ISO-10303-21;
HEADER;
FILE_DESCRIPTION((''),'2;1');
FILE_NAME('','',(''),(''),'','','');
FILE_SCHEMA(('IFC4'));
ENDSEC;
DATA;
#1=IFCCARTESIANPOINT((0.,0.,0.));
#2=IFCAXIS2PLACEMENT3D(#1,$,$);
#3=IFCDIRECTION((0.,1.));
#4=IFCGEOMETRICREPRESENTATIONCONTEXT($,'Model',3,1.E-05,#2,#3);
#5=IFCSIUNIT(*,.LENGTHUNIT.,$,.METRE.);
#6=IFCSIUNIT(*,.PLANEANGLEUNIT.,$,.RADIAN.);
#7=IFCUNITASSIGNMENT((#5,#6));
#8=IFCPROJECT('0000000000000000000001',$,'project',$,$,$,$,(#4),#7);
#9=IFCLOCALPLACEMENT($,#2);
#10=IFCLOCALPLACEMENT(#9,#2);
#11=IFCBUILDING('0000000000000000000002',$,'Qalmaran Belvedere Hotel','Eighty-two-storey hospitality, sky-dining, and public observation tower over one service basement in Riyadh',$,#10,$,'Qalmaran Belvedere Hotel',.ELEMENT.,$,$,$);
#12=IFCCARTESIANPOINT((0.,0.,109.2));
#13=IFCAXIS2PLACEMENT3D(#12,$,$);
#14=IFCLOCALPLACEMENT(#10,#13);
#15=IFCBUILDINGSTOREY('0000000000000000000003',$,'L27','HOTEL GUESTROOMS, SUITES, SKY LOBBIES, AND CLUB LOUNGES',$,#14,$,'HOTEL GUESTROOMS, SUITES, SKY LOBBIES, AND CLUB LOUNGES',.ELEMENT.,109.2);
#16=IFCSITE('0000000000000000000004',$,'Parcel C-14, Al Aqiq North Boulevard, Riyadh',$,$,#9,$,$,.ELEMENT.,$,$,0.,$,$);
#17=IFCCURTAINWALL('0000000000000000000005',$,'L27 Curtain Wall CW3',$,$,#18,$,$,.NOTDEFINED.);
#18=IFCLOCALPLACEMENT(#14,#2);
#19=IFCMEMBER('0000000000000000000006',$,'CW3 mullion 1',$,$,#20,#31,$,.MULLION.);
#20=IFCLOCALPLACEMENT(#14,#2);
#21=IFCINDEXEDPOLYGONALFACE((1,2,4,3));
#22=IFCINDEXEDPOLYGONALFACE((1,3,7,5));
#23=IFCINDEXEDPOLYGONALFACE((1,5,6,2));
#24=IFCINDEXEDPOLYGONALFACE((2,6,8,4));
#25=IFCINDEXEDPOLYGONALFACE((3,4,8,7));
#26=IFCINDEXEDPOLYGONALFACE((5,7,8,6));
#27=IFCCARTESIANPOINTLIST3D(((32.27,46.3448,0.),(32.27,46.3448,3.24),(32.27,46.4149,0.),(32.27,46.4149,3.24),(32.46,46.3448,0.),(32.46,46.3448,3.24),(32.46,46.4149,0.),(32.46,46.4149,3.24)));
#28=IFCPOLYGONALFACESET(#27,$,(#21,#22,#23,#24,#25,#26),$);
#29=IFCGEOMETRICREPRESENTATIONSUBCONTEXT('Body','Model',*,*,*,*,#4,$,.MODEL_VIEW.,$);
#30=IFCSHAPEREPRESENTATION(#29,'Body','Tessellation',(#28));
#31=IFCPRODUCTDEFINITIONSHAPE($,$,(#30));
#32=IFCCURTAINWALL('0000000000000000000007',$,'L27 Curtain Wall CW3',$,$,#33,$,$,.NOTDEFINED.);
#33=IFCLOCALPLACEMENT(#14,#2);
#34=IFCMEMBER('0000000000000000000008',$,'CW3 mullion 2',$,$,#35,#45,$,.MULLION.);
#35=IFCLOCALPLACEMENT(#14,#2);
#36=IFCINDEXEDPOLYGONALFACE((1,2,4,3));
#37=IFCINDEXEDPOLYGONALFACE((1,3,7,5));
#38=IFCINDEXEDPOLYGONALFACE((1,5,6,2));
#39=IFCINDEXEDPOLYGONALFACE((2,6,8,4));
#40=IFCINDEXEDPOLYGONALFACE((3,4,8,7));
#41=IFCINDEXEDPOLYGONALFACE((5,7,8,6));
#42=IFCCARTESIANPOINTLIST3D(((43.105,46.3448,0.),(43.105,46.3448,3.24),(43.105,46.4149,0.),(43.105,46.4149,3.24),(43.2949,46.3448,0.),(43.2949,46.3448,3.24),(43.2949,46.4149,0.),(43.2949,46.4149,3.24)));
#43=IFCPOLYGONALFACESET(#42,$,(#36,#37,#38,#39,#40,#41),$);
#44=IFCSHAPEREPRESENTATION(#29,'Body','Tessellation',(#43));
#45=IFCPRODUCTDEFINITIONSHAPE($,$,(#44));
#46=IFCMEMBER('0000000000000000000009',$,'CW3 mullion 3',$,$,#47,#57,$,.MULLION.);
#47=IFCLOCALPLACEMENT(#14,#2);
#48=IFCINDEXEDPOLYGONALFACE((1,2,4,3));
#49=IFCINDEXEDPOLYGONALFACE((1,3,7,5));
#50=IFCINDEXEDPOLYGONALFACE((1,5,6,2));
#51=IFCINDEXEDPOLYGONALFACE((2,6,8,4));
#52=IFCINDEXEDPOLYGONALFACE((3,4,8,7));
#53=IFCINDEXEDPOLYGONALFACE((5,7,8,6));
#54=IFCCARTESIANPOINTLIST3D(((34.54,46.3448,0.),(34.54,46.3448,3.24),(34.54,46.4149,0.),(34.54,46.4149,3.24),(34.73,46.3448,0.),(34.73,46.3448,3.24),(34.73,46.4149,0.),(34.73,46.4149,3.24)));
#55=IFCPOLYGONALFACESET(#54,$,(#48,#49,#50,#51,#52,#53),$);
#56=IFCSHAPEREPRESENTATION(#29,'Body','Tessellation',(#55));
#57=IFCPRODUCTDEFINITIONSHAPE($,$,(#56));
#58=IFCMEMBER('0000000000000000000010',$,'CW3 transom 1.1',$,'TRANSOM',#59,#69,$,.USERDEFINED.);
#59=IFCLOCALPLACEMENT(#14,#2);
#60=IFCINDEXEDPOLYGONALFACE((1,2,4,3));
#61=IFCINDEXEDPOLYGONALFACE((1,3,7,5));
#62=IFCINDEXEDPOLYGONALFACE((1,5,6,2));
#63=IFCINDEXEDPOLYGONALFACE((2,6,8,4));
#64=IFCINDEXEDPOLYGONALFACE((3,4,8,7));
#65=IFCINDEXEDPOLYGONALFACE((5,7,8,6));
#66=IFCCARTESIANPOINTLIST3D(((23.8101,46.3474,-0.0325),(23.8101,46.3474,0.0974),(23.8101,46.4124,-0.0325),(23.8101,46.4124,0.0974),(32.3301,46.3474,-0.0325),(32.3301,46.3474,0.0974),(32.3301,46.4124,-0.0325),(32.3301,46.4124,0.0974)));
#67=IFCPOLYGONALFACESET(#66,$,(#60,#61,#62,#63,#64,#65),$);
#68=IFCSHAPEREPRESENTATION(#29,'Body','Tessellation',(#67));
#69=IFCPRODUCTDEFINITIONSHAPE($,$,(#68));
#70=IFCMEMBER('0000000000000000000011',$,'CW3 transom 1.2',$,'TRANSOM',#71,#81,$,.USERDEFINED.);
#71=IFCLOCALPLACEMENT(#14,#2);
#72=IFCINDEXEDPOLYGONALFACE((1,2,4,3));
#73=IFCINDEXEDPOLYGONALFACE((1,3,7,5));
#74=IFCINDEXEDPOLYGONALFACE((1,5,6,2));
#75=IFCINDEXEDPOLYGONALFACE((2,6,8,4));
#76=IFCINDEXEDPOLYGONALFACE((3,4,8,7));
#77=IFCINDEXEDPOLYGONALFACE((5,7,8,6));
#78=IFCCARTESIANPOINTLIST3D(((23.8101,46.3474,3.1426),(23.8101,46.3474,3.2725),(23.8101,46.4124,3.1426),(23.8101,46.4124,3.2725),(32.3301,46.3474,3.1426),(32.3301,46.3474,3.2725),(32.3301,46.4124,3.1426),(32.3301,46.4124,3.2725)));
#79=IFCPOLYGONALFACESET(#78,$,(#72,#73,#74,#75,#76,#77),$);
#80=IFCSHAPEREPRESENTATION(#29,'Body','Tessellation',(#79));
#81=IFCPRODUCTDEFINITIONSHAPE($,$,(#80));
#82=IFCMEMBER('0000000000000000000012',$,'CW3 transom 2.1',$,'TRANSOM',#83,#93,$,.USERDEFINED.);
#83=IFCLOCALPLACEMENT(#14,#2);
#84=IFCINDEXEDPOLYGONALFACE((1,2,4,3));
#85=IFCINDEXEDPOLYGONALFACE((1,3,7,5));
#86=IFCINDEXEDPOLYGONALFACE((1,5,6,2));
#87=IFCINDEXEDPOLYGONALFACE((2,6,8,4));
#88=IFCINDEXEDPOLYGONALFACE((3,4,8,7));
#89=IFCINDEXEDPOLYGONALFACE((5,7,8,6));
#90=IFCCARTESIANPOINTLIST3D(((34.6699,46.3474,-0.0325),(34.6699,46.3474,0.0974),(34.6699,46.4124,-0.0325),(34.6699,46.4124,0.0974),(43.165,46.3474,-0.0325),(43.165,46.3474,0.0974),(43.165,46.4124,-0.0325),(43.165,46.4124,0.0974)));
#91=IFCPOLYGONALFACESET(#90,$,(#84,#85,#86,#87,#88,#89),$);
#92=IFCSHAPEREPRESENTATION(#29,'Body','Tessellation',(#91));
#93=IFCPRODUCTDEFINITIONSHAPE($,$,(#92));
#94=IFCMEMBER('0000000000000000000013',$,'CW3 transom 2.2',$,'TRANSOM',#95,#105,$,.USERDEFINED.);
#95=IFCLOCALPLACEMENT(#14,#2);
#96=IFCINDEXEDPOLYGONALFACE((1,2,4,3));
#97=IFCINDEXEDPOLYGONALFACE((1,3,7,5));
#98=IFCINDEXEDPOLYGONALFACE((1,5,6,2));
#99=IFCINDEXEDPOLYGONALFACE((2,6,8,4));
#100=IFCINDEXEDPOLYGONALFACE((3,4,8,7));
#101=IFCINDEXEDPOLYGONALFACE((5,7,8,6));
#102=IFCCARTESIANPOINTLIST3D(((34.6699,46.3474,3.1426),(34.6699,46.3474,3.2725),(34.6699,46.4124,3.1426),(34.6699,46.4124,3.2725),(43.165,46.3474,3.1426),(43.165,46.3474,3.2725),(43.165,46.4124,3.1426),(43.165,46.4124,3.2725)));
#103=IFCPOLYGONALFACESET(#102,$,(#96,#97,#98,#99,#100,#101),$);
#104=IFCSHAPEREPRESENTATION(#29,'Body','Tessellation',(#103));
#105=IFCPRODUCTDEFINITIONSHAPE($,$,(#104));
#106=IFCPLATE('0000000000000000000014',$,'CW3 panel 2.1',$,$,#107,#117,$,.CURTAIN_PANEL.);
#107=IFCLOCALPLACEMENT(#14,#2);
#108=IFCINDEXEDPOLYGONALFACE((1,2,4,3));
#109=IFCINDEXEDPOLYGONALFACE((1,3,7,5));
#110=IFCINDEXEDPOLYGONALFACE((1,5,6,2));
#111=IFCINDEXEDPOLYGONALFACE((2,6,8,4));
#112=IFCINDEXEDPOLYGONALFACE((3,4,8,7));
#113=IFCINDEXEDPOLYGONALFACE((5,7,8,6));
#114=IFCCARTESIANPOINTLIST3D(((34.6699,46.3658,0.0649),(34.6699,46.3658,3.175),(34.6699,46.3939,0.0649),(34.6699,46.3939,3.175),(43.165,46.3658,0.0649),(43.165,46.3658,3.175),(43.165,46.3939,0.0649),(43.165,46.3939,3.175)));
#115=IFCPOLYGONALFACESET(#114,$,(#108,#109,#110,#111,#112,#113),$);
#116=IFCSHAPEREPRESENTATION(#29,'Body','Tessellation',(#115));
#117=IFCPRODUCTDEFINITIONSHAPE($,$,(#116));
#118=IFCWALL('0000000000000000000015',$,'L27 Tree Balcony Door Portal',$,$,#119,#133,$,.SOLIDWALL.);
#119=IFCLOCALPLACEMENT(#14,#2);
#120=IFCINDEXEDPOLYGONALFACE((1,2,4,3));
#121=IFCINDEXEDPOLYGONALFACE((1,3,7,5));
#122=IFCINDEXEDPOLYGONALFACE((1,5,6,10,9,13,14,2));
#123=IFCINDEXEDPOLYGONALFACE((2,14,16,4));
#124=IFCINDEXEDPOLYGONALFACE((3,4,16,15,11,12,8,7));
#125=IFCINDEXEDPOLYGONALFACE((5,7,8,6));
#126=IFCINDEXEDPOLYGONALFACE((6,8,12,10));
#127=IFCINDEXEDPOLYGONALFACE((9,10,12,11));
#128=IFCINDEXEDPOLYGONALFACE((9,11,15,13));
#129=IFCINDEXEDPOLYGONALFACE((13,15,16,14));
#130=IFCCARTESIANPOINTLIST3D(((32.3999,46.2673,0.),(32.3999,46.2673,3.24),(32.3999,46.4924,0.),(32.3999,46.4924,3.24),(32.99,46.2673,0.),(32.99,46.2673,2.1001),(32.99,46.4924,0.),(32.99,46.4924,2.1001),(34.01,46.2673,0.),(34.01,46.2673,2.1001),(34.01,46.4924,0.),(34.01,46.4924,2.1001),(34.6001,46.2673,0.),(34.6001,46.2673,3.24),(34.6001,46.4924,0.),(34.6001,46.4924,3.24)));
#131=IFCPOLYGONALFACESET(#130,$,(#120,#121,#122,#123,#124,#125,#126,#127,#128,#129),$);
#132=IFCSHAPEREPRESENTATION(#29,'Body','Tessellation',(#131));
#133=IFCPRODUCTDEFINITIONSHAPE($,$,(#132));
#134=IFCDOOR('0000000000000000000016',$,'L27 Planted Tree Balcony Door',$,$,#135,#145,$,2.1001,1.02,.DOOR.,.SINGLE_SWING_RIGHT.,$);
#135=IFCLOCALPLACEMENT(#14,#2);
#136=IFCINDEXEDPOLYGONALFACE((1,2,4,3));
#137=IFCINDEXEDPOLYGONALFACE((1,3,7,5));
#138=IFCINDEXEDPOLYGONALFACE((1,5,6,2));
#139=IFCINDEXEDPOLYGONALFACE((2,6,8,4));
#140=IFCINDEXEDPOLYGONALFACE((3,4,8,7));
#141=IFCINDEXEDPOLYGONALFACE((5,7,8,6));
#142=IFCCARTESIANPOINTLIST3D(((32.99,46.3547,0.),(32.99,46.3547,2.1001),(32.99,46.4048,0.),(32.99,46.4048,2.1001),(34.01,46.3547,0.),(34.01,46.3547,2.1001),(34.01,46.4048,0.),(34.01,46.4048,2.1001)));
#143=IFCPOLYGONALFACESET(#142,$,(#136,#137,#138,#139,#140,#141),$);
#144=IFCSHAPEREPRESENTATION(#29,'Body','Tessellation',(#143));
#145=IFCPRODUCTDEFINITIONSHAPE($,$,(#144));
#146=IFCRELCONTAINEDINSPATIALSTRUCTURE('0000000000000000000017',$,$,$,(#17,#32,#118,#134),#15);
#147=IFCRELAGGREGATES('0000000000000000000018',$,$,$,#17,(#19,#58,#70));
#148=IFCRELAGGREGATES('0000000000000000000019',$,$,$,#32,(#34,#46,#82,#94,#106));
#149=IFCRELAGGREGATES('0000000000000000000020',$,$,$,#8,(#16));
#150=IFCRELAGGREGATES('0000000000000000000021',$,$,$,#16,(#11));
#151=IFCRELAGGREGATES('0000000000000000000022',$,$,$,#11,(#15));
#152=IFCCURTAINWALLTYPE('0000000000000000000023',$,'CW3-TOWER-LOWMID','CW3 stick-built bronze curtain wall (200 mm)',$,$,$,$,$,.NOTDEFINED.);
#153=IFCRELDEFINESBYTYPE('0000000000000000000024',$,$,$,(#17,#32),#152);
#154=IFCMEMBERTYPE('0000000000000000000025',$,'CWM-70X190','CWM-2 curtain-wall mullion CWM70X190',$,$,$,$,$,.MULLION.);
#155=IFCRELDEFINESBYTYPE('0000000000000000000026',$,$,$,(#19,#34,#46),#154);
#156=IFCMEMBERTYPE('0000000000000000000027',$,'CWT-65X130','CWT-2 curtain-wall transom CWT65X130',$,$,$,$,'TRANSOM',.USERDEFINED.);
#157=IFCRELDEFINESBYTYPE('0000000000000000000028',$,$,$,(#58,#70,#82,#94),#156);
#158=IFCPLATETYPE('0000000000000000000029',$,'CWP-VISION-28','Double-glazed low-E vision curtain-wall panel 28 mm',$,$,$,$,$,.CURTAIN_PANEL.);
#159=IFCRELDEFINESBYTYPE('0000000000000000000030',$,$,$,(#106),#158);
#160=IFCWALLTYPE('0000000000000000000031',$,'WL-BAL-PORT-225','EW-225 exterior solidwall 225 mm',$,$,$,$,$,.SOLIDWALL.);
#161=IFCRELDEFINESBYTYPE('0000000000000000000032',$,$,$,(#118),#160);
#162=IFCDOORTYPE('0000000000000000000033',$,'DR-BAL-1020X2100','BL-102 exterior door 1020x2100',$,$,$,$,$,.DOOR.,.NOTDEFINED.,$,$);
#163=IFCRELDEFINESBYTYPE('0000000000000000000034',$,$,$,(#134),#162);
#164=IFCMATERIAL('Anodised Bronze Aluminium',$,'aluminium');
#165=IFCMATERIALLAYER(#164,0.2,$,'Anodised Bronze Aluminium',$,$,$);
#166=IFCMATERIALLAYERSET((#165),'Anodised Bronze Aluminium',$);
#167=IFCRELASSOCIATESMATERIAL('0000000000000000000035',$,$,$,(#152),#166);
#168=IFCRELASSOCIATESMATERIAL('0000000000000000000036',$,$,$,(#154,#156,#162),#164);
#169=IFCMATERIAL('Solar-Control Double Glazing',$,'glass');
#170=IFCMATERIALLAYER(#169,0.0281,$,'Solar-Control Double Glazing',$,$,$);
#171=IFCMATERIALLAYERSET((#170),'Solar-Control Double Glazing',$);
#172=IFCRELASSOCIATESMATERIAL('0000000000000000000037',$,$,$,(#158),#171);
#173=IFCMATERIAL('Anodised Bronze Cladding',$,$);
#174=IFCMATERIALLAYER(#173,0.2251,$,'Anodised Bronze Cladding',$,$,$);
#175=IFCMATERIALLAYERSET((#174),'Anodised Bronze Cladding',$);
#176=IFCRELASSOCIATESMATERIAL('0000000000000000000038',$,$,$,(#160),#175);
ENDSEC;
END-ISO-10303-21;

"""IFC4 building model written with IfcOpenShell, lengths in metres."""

from ifc_helpers import new_model, si_unit, direction, frame, frame_2d, origin, origin_2d, place, context, subcontext, project, spatial, rectangle, extrude, material, layer, layer_set, material_profile, profile_set, type_object, element, fill, aggregate, save


model = new_model("IFC4")

# Units and contexts
model_context = context("Model", 3, precision=1e-05, world=origin(), true_north=direction((0.0, 1.0)))
body_context = subcontext(model_context, "Body", "Model", "MODEL_VIEW")
ifc_project = project(units=[si_unit("LENGTHUNIT", "METRE"), si_unit("PLANEANGLEUNIT", "RADIAN")], contexts=[model_context])

# Site, building, storey
site_placement = place(None, origin())
site = spatial("IfcSite", under=ifc_project, at=site_placement, Name="Parcel C-14, Al Aqiq North Boulevard, Riyadh", CompositionType="ELEMENT", RefElevation=0.0)
building_placement = place(site_placement, origin())
building = spatial("IfcBuilding", under=site, at=building_placement, Name="Qalmaran Belvedere Hotel", Description="Eighty-two-storey hospitality, sky-dining, and public observation tower over one service basement in Riyadh", LongName="Qalmaran Belvedere Hotel", CompositionType="ELEMENT")
storey_placement = place(building_placement, frame((0.0, 0.0, 109.2)))
storey = spatial("IfcBuildingStorey", under=building, at=storey_placement, Name="L27", Description="HOTEL GUESTROOMS, SUITES, SKY LOBBIES, AND CLUB LOUNGES", LongName="HOTEL GUESTROOMS, SUITES, SKY LOBBIES, AND CLUB LOUNGES", CompositionType="ELEMENT", Elevation=109.2)

# Curtain wall, member
ifc_material_1 = material(Name="Anodised Bronze Aluminium", Category="aluminium")
ifc_layer_1 = layer(ifc_material_1, 0.2, Name="Anodised Bronze Aluminium")
ifc_layer_set_1 = layer_set([ifc_layer_1], Name="Anodised Bronze Aluminium")
curtain_wall_type = type_object("IfcCurtainWallType", Name="CW3-TOWER-LOWMID", Description="CW3 stick-built bronze curtain wall (200 mm)", PredefinedType="NOTDEFINED", material=ifc_layer_set_1)
curtain_wall_1_placement = place(storey_placement, origin())
curtain_wall_1 = element("IfcCurtainWall", 1, at=curtain_wall_1_placement, inside=storey, type_object=curtain_wall_type, Name="L27 Curtain Wall CW3", PredefinedType="NOTDEFINED")
ifc_material_profile_1 = material_profile(ifc_material_1, rectangle(XDim=0.0701, YDim=0.1899, at=origin_2d()), Name="CWM70X190")
ifc_profile_set_1 = profile_set([ifc_material_profile_1], Name="Anodised Bronze Aluminium")
member_type_1 = type_object("IfcMemberType", Name="CWM-70X190", Description="CWM-2 curtain-wall mullion CWM70X190", PredefinedType="MULLION", material=ifc_profile_set_1)
member_1_placement = place(storey_placement, frame((32.365, 46.3799, 0.0), z_axis=(0.0, 0.0, 1.0), x_axis=(0.0, -1.0, 0.0)))
member_1 = element("IfcMember", 2, at=member_1_placement, type_object=member_type_1, Name="CW3 mullion 1", PredefinedType="MULLION", context=body_context, shape_type="SweptSolid", body=[
    extrude(rectangle(XDim=0.0701, YDim=0.1899, at=origin_2d()), origin(), (0.0, 0.0, 1.0), 3.24),
])

# Curtain wall, members
curtain_wall_2_placement = place(storey_placement, origin())
curtain_wall_2 = element("IfcCurtainWall", 3, at=curtain_wall_2_placement, inside=storey, type_object=curtain_wall_type, Name="L27 Curtain Wall CW3", PredefinedType="NOTDEFINED")
member_2_placement = place(storey_placement, frame((43.2, 46.3799, 0.0), z_axis=(0.0, 0.0, 1.0), x_axis=(0.0, -1.0, 0.0)))
member_2 = element("IfcMember", 4, at=member_2_placement, type_object=member_type_1, Name="CW3 mullion 2", PredefinedType="MULLION", context=body_context, shape_type="SweptSolid", body=[
    extrude(rectangle(XDim=0.0701, YDim=0.1899, at=origin_2d()), origin(), (0.0, 0.0, 1.0), 3.24),
])
member_3_placement = place(storey_placement, frame((34.635, 46.3799, 0.0), z_axis=(0.0, 0.0, 1.0), x_axis=(0.0, -1.0, 0.0)))
member_3 = element("IfcMember", 5, at=member_3_placement, type_object=member_type_1, Name="CW3 mullion 3", PredefinedType="MULLION", context=body_context, shape_type="SweptSolid", body=[
    extrude(rectangle(XDim=0.0701, YDim=0.1899, at=origin_2d()), origin(), (0.0, 0.0, 1.0), 3.24),
])

# Members
ifc_material_profile_2 = material_profile(ifc_material_1, rectangle(XDim=0.0649, YDim=0.1299, at=origin_2d()), Name="CWT65X130")
ifc_profile_set_2 = profile_set([ifc_material_profile_2], Name="Anodised Bronze Aluminium")
member_type_2 = type_object("IfcMemberType", Name="CWT-65X130", Description="CWT-2 curtain-wall transom CWT65X130", ElementType="TRANSOM", PredefinedType="USERDEFINED", material=ifc_profile_set_2)
member_4_placement = place(storey_placement, frame((32.3301, 46.3799, 0.0325), z_axis=(-1.0, 0.0, 0.0), x_axis=(0.0, -1.0, 0.0)))
member_4 = element("IfcMember", 6, at=member_4_placement, type_object=member_type_2, Name="CW3 transom 1.1", ObjectType="TRANSOM", PredefinedType="USERDEFINED", context=body_context, shape_type="SweptSolid", body=[
    extrude(rectangle(XDim=0.0649, YDim=0.1299, at=origin_2d()), origin(), (0.0, 0.0, 1.0), 8.52),
])
member_5_placement = place(storey_placement, frame((32.3301, 46.3799, 3.2075), z_axis=(-1.0, 0.0, 0.0), x_axis=(0.0, -1.0, 0.0)))
member_5 = element("IfcMember", 7, at=member_5_placement, type_object=member_type_2, Name="CW3 transom 1.2", ObjectType="TRANSOM", PredefinedType="USERDEFINED", context=body_context, shape_type="SweptSolid", body=[
    extrude(rectangle(XDim=0.0649, YDim=0.1299, at=origin_2d()), origin(), (0.0, 0.0, 1.0), 8.52),
])
aggregate(curtain_wall_1, [member_1, member_4, member_5])
member_6_placement = place(storey_placement, frame((43.165, 46.3799, 0.0325), z_axis=(-1.0, 0.0, 0.0), x_axis=(0.0, -1.0, 0.0)))
member_6 = element("IfcMember", 8, at=member_6_placement, type_object=member_type_2, Name="CW3 transom 2.1", ObjectType="TRANSOM", PredefinedType="USERDEFINED", context=body_context, shape_type="SweptSolid", body=[
    extrude(rectangle(XDim=0.0649, YDim=0.1299, at=origin_2d()), origin(), (0.0, 0.0, 1.0), 8.4951),
])
member_7_placement = place(storey_placement, frame((43.165, 46.3799, 3.2075), z_axis=(-1.0, 0.0, 0.0), x_axis=(0.0, -1.0, 0.0)))
member_7 = element("IfcMember", 9, at=member_7_placement, type_object=member_type_2, Name="CW3 transom 2.2", ObjectType="TRANSOM", PredefinedType="USERDEFINED", context=body_context, shape_type="SweptSolid", body=[
    extrude(rectangle(XDim=0.0649, YDim=0.1299, at=origin_2d()), origin(), (0.0, 0.0, 1.0), 8.4951),
])

# Plate
ifc_material_2 = material(Name="Solar-Control Double Glazing", Category="glass")
ifc_layer_2 = layer(ifc_material_2, 0.0281, Name="Solar-Control Double Glazing")
ifc_layer_set_2 = layer_set([ifc_layer_2], Name="Solar-Control Double Glazing")
plate_type = type_object("IfcPlateType", Name="CWP-VISION-28", Description="Double-glazed low-E vision curtain-wall panel 28 mm", PredefinedType="CURTAIN_PANEL", material=ifc_layer_set_2)
plate_placement = place(storey_placement, frame((38.9175, 46.3799, 0.0649), z_axis=(0.0, 0.0, 1.0), x_axis=(-1.0, 0.0, 0.0)))
plate = element("IfcPlate", 10, at=plate_placement, type_object=plate_type, Name="CW3 panel 2.1", PredefinedType="CURTAIN_PANEL", context=body_context, shape_type="SweptSolid", body=[
    extrude(rectangle(XDim=8.4951, YDim=0.0281, at=origin_2d()), origin(), (0.0, 0.0, 1.0), 3.1101),
])
aggregate(curtain_wall_2, [member_2, member_3, member_6, member_7, plate])

# Wall, opening, door
ifc_material_3 = material(Name="Anodised Bronze Cladding")
ifc_layer_3 = layer(ifc_material_3, 0.2251, Name="Anodised Bronze Cladding")
ifc_layer_set_3 = layer_set([ifc_layer_3], Name="Anodised Bronze Cladding")
wall_type = type_object("IfcWallType", Name="WL-BAL-PORT-225", Description="EW-225 exterior solidwall 225 mm", PredefinedType="SOLIDWALL", material=ifc_layer_set_3)
wall_placement = place(storey_placement, frame((32.3999, 46.3799, 0.0), z_axis=(0.0, 0.0, 1.0), x_axis=(1.0, 0.0, 0.0)))
wall = element("IfcWall", 11, at=wall_placement, inside=storey, type_object=wall_type, Name="L27 Tree Balcony Door Portal", PredefinedType="SOLIDWALL", context=body_context, shape_type="SweptSolid", body=[
    extrude(rectangle(XDim=2.2002, YDim=0.2251, at=frame_2d((1.1001, 0.0))), origin(), (0.0, 0.0, 1.0), 3.24),
])
opening_placement = place(wall_placement, frame((0.5901, 0.0, 0.0)))
opening = element("IfcOpeningElement", 12, at=opening_placement, cuts=wall, PredefinedType="OPENING", context=body_context, shape_type="SweptSolid", body=[
    extrude(rectangle(XDim=1.02, YDim=2.1001, at=frame_2d((0.51, 1.05))), frame((0.0, 0.1226, 0.0), z_axis=(0.0, -1.0, 0.0), x_axis=(1.0, 0.0, 0.0)), (0.0, 0.0, 1.0), 0.2451),
])
door_type = type_object("IfcDoorType", Name="DR-BAL-1020X2100", Description="BL-102 exterior door 1020x2100", OperationType="NOTDEFINED", PredefinedType="DOOR", material=ifc_material_1)
door_placement = place(opening_placement, origin())
door = element("IfcDoor", 13, at=door_placement, inside=storey, type_object=door_type, Name="L27 Planted Tree Balcony Door", OperationType="SINGLE_SWING_RIGHT", OverallHeight=2.1001, OverallWidth=1.02, PredefinedType="DOOR", context=body_context, shape_type="SweptSolid", body=[
    extrude(rectangle(XDim=1.02, YDim=2.1001, at=frame_2d((0.51, 1.05))), frame((0.0, 0.0249, 0.0), z_axis=(0.0, -1.0, 0.0), x_axis=(1.0, 0.0, 0.0)), (0.0, 0.0, 1.0), 0.05),
])
fill(opening, door)

save(model, "model.ifc")
